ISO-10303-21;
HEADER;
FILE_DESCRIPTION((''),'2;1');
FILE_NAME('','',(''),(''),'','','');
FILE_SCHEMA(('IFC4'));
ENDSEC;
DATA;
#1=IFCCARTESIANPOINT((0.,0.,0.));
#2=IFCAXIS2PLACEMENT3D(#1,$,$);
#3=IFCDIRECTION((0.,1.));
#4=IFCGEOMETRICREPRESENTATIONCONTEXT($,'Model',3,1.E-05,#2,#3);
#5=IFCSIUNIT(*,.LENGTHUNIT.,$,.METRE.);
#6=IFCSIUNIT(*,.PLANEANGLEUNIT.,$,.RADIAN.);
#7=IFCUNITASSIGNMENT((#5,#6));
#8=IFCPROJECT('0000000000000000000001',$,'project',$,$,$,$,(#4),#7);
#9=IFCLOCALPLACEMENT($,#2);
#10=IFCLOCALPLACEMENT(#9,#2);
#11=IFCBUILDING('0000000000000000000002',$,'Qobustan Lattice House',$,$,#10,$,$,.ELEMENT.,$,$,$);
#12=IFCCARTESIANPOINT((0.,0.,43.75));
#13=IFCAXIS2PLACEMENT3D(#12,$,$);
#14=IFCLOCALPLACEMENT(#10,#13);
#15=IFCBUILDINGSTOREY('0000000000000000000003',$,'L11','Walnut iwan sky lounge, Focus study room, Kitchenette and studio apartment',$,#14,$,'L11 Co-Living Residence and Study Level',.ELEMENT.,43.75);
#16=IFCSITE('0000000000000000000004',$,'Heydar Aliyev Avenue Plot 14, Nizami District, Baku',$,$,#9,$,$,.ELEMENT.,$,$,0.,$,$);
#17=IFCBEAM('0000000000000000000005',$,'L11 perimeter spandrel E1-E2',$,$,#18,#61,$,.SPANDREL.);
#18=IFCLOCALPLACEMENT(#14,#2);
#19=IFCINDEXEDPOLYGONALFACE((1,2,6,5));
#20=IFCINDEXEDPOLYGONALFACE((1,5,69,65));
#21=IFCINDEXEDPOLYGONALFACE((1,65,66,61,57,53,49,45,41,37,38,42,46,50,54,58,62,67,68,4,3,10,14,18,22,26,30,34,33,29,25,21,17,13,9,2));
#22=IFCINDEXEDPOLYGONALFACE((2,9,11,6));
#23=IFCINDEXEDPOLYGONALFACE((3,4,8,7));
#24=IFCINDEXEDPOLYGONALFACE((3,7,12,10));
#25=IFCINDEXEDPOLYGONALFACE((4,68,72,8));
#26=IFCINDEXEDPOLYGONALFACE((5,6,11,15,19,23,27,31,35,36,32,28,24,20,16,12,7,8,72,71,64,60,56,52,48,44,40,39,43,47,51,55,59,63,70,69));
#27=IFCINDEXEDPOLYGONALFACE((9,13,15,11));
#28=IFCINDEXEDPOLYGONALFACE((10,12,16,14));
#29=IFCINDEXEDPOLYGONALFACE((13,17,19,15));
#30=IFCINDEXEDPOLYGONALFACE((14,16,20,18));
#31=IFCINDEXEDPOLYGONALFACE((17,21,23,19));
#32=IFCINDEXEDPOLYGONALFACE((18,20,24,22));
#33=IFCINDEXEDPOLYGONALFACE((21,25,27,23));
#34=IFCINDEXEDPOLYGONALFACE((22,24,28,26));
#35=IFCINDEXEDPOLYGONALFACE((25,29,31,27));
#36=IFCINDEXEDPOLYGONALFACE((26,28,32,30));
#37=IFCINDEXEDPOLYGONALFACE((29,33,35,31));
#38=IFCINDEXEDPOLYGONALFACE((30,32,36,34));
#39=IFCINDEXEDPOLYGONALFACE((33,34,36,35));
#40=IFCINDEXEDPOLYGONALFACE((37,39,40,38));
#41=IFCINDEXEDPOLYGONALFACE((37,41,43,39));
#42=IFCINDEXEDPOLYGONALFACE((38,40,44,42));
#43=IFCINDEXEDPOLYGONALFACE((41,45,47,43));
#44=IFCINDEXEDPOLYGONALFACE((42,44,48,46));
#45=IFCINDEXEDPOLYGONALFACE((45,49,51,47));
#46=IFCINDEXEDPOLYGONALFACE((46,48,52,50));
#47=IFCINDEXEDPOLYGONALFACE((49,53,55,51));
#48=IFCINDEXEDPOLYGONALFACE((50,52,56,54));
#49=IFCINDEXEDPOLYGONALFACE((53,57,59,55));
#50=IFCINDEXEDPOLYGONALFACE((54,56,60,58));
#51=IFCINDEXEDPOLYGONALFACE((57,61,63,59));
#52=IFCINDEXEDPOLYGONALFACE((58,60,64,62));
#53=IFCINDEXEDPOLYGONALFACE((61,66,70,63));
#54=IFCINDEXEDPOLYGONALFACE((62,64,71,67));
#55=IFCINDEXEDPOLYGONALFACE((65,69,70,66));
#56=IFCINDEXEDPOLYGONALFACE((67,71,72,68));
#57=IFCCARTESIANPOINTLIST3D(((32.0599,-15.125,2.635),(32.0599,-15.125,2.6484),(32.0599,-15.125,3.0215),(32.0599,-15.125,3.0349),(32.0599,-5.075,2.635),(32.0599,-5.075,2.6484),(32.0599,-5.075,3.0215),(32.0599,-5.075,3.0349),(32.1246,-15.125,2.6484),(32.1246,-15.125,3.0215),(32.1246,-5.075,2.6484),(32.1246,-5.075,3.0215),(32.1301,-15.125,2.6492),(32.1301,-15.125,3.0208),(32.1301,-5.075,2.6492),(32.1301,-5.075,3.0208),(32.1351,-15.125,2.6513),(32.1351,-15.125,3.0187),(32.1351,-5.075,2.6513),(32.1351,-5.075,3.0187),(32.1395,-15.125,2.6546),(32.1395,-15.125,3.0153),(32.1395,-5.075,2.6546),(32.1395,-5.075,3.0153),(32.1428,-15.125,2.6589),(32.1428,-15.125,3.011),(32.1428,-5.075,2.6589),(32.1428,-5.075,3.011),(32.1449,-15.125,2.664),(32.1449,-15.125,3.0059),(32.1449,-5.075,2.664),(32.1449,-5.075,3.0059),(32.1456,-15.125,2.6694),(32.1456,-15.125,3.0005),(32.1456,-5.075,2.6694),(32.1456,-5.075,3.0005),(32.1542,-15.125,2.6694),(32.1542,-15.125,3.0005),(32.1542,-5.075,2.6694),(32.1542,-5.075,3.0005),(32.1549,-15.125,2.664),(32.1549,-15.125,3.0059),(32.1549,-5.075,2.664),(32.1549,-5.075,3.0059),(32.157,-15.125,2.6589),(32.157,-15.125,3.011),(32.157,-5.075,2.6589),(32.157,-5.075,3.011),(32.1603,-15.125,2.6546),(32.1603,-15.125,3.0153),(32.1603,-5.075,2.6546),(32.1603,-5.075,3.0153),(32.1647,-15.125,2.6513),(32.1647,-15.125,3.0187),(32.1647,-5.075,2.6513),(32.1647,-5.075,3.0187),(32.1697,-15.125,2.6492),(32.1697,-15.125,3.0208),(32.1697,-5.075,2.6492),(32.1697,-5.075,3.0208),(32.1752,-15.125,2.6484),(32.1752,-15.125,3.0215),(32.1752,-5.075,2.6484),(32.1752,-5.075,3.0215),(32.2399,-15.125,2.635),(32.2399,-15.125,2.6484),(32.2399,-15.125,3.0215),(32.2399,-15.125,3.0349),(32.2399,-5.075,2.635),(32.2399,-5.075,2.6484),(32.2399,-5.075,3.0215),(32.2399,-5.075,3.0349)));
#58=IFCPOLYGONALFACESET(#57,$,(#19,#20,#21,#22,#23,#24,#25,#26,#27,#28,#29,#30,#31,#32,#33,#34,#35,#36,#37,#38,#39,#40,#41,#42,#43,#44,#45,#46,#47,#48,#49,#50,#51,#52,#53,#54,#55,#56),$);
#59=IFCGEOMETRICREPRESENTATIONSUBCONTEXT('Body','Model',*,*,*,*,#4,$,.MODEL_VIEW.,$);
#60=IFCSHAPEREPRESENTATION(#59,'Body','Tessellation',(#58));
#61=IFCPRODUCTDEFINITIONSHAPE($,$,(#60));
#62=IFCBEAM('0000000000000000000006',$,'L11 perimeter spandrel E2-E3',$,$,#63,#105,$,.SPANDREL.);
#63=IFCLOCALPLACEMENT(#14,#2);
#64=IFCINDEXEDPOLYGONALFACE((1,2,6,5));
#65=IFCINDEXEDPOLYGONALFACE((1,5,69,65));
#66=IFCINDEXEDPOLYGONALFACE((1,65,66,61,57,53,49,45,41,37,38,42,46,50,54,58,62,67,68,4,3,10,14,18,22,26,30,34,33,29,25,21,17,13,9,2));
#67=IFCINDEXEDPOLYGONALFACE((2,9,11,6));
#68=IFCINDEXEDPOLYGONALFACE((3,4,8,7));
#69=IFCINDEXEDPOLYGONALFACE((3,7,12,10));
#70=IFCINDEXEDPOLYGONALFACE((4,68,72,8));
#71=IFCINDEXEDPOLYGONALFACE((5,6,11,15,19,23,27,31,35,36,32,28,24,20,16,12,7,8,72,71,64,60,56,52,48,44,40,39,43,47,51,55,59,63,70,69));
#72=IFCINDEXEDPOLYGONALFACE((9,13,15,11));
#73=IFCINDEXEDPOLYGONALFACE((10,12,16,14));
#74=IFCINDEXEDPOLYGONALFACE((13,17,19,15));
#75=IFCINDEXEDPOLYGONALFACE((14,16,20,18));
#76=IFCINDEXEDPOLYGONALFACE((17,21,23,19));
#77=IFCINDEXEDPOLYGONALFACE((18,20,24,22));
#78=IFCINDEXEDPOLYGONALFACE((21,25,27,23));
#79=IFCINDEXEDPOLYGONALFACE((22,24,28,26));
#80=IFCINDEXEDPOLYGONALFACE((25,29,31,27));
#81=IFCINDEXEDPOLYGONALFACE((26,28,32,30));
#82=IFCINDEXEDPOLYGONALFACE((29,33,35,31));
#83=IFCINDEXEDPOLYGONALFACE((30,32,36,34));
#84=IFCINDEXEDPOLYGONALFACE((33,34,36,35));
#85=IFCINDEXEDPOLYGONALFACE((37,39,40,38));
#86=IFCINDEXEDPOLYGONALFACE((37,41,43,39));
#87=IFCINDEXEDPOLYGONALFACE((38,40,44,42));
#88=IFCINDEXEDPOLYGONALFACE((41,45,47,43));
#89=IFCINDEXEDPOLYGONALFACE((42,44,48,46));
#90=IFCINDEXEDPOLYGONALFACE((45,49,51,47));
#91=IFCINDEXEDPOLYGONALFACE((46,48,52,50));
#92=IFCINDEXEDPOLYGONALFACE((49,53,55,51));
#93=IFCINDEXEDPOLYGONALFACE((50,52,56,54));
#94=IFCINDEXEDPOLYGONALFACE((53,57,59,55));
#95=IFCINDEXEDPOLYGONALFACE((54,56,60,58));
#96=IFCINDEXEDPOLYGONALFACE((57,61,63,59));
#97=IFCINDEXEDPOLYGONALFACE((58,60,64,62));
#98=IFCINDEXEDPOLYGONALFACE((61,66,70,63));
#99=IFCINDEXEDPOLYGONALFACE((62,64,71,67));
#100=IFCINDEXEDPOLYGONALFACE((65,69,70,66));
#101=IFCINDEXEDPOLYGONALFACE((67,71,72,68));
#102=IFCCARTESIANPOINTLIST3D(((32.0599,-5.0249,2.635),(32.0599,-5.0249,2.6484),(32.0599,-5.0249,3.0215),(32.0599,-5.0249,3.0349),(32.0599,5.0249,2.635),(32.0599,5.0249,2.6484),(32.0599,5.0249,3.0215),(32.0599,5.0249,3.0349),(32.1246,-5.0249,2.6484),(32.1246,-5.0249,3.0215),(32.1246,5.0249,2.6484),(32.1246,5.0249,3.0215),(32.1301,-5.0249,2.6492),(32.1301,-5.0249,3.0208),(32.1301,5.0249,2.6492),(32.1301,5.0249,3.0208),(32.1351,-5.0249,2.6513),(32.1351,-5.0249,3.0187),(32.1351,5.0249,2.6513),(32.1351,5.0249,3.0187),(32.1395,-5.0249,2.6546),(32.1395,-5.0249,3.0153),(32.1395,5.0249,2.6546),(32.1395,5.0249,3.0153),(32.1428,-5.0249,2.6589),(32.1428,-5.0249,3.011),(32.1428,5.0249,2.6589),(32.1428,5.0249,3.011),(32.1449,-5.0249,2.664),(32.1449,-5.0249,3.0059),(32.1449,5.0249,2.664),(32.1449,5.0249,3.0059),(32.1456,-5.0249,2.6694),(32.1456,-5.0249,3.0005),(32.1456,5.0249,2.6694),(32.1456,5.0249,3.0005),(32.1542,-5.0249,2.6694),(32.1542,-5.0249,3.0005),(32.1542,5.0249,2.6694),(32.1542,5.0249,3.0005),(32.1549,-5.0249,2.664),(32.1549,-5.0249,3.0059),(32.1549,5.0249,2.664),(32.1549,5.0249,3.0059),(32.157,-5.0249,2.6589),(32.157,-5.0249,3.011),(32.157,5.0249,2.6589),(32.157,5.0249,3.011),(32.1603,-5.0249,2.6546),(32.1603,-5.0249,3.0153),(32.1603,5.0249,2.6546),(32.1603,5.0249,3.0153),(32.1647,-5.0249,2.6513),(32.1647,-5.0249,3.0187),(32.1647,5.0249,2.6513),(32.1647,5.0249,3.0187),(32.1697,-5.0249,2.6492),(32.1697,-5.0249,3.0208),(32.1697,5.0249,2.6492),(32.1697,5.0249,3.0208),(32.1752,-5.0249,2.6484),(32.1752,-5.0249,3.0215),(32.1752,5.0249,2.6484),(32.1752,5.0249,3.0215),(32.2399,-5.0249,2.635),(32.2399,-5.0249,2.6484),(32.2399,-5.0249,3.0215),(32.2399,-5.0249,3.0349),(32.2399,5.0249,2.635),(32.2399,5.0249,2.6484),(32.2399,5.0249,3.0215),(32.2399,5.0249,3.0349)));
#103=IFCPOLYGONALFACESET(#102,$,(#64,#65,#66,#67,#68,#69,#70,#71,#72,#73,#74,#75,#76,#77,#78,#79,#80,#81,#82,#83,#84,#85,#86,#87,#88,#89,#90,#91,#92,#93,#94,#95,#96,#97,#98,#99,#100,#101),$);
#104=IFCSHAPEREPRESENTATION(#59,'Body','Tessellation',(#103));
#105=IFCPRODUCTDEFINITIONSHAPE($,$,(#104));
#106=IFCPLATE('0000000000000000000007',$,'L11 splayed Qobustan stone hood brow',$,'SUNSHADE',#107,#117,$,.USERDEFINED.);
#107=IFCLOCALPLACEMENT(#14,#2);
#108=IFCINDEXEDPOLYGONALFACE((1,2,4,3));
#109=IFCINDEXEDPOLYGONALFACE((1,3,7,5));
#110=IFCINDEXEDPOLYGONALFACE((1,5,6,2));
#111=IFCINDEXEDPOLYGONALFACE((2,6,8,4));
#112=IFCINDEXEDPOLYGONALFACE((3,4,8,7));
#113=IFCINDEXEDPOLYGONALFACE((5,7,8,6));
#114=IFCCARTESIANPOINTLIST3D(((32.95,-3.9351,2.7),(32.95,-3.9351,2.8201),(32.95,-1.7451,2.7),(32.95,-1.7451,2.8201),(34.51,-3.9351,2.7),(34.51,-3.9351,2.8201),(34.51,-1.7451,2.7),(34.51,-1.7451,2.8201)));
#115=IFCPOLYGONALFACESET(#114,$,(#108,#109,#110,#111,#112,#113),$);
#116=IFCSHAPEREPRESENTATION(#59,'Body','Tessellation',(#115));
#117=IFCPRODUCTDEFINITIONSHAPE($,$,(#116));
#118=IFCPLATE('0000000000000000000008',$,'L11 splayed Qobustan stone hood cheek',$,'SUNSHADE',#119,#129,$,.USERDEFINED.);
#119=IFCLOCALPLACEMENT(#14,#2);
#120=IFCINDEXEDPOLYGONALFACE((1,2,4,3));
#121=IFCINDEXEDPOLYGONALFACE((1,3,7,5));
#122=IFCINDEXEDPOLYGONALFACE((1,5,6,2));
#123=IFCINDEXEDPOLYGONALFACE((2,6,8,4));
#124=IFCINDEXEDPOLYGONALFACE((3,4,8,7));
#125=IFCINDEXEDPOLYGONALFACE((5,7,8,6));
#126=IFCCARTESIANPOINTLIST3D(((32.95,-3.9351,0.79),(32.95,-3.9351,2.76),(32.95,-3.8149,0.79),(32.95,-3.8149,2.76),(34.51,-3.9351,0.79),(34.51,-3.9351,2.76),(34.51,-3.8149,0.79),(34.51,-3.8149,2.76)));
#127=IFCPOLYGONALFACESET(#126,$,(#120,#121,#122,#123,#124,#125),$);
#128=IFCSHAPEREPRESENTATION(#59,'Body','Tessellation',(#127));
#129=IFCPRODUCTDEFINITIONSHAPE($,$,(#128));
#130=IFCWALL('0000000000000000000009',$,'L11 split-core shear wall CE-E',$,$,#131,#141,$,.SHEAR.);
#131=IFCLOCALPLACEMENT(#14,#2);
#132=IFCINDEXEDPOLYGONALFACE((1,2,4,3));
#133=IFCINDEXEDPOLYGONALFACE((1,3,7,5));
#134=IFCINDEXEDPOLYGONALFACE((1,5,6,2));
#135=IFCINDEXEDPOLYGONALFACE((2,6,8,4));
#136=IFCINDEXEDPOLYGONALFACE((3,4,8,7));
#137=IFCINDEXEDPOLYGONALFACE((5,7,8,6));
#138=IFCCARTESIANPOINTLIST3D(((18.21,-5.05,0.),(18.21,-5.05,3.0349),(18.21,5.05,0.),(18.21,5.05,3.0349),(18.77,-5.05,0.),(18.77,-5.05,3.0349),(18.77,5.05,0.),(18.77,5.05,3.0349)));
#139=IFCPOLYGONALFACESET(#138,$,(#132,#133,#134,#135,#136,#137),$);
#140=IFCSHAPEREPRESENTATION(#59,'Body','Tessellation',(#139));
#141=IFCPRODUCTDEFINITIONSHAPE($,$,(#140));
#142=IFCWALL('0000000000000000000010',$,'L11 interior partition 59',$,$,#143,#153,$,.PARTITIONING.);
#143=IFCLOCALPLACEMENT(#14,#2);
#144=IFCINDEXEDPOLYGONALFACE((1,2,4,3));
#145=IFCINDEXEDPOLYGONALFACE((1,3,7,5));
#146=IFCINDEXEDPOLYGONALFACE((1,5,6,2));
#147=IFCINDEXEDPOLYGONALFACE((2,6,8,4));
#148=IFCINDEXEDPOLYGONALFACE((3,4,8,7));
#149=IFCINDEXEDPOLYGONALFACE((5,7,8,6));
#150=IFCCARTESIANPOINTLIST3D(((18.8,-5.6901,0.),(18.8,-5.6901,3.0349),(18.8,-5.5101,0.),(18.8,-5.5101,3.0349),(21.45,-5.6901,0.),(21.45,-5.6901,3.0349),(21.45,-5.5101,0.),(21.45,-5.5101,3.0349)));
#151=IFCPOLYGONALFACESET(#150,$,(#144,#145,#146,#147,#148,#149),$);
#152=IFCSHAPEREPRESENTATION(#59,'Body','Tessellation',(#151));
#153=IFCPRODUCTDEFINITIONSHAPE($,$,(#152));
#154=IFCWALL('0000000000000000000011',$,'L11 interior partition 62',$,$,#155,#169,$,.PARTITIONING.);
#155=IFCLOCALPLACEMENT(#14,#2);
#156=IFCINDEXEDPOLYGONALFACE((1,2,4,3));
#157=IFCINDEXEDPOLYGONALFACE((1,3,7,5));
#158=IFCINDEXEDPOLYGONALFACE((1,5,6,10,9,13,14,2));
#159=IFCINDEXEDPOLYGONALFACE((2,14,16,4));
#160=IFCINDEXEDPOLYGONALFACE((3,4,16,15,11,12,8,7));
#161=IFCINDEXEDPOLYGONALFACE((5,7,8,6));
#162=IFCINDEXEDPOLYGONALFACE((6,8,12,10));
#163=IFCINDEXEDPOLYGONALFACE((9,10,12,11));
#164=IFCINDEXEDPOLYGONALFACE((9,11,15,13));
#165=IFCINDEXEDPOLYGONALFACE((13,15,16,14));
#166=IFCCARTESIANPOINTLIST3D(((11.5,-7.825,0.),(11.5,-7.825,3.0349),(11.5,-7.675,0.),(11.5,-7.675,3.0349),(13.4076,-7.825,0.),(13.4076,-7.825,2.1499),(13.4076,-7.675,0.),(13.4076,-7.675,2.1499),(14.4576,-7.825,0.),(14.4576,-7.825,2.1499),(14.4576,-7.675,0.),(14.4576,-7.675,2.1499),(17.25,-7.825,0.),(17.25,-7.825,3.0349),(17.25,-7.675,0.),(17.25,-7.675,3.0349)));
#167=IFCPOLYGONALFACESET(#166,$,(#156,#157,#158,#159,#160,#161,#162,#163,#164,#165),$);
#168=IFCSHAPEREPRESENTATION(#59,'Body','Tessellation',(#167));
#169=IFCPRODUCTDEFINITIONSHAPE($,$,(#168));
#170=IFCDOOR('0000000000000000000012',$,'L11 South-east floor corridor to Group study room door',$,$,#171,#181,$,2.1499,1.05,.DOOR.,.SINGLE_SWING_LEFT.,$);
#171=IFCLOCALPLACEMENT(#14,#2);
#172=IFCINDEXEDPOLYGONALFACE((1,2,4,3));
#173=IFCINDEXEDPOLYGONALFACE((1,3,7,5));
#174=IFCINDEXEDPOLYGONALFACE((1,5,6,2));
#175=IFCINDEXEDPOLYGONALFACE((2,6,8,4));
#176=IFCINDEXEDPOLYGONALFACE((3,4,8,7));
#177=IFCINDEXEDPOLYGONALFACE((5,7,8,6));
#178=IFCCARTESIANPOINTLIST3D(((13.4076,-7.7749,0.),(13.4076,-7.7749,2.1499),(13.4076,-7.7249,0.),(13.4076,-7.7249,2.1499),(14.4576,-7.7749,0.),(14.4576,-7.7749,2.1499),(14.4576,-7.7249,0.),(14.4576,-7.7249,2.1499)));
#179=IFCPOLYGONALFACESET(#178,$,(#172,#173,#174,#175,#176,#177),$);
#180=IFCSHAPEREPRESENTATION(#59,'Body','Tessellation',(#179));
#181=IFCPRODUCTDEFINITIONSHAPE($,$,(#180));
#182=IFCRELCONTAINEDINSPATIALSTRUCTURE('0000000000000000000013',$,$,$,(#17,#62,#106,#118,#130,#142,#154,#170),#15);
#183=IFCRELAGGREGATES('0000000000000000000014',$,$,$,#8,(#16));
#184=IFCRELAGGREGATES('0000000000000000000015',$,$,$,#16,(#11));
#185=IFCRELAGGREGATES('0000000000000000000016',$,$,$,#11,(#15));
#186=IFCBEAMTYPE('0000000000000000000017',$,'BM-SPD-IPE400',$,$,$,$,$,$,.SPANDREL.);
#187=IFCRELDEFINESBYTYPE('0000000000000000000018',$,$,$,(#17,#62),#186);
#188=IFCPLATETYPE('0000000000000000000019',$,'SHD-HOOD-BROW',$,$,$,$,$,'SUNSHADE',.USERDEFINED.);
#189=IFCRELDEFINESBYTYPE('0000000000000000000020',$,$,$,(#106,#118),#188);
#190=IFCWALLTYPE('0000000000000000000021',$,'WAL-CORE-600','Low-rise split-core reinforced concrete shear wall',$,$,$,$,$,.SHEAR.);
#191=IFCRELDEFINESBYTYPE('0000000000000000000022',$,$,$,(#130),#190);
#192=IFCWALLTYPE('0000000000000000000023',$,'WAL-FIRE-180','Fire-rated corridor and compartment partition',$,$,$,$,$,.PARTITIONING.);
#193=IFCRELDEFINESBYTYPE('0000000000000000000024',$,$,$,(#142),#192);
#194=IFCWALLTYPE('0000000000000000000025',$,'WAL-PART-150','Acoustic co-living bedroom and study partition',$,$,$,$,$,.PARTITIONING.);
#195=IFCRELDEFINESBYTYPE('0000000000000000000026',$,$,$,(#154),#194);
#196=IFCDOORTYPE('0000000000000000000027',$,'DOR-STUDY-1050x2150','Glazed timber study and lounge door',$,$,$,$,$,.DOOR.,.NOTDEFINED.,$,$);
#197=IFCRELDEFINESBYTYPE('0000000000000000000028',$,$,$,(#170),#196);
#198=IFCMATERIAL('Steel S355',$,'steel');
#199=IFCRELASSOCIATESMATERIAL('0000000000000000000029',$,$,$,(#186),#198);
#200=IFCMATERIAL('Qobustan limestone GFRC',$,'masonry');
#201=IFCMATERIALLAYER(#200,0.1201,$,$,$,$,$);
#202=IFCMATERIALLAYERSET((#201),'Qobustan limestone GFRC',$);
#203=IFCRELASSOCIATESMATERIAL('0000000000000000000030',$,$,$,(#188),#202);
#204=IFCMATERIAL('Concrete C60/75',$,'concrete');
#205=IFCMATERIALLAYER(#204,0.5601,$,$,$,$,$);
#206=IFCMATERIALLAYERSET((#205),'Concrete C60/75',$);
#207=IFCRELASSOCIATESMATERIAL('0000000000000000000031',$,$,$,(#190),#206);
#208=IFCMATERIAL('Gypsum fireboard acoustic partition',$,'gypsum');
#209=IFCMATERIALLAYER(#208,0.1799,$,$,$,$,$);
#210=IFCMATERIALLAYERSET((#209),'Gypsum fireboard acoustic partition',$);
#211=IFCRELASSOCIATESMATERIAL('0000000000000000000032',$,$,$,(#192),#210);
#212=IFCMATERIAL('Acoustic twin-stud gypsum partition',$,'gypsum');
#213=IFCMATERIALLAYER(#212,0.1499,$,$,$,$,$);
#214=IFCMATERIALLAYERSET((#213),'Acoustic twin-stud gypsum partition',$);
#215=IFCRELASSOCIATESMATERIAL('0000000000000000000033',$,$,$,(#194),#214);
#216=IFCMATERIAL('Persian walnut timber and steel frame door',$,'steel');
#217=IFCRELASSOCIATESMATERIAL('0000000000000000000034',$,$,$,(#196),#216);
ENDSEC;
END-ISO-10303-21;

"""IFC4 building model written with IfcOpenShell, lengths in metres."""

from ifc_helpers import new_model, si_unit, direction, frame, frame_2d, origin, origin_2d, place, context, subcontext, project, spatial, rectangle, i_section, extrude, material, layer, layer_set, material_profile, profile_set, type_object, element, fill, save


model = new_model("IFC4")

# Units and contexts
model_context = context("Model", 3, precision=1e-05, world=origin(), true_north=direction((0.0, 1.0)))
body_context = subcontext(model_context, "Body", "Model", "MODEL_VIEW")
ifc_project = project(units=[si_unit("LENGTHUNIT", "METRE"), si_unit("PLANEANGLEUNIT", "RADIAN")], contexts=[model_context])

# Site, building, storey
site_placement = place(None, origin())
site = spatial("IfcSite", under=ifc_project, at=site_placement, Name="Heydar Aliyev Avenue Plot 14, Nizami District, Baku", CompositionType="ELEMENT", RefElevation=0.0)
building_placement = place(site_placement, origin())
building = spatial("IfcBuilding", under=site, at=building_placement, Name="Qobustan Lattice House", CompositionType="ELEMENT")
storey_placement = place(building_placement, frame((0.0, 0.0, 43.75)))
storey = spatial("IfcBuildingStorey", under=building, at=storey_placement, Name="L11", Description="Walnut iwan sky lounge, Focus study room, Kitchenette and studio apartment", LongName="L11 Co-Living Residence and Study Level", CompositionType="ELEMENT", Elevation=43.75)

# Beams
ifc_material_1 = material(Name="Steel S355", Category="steel")
ifc_material_profile_1 = material_profile(ifc_material_1, i_section(OverallWidth=0.1799, OverallDepth=0.3999, WebThickness=0.0085, FlangeThickness=0.0134, FilletRadius=0.021, at=origin_2d()), Name="IPE400")
ifc_profile_set_1 = profile_set([ifc_material_profile_1], Name="Steel S355")
beam_type_1 = type_object("IfcBeamType", Name="BM-SPD-IPE400", PredefinedType="SPANDREL", material=ifc_profile_set_1)
beam_1_placement = place(storey_placement, frame((32.1499, -15.125, 2.835), z_axis=(0.0, 1.0, 0.0), x_axis=(-1.0, 0.0, 0.0)))
element("IfcBeam", 1, at=beam_1_placement, inside=storey, type_object=beam_type_1, Name="L11 perimeter spandrel E1-E2", PredefinedType="SPANDREL", context=body_context, shape_type="SweptSolid", body=[
    extrude(i_section(OverallWidth=0.1799, OverallDepth=0.3999, WebThickness=0.0085, FlangeThickness=0.0134, FilletRadius=0.021, at=origin_2d()), origin(), (0.0, 0.0, 1.0), 10.05),
])
beam_2_placement = place(storey_placement, frame((32.1499, -5.0249, 2.835), z_axis=(0.0, 1.0, 0.0), x_axis=(-1.0, 0.0, 0.0)))
element("IfcBeam", 2, at=beam_2_placement, inside=storey, type_object=beam_type_1, Name="L11 perimeter spandrel E2-E3", PredefinedType="SPANDREL", context=body_context, shape_type="SweptSolid", body=[
    extrude(i_section(OverallWidth=0.1799, OverallDepth=0.3999, WebThickness=0.0085, FlangeThickness=0.0134, FilletRadius=0.021, at=origin_2d()), origin(), (0.0, 0.0, 1.0), 10.0498),
])

# Plates
ifc_material_2 = material(Name="Qobustan limestone GFRC", Category="masonry")
ifc_layer_1 = layer(ifc_material_2, 0.1201)
ifc_layer_set_1 = layer_set([ifc_layer_1], Name="Qobustan limestone GFRC")
plate_type = type_object("IfcPlateType", Name="SHD-HOOD-BROW", ElementType="SUNSHADE", PredefinedType="USERDEFINED", material=ifc_layer_set_1)
plate_1_placement = place(storey_placement, frame((33.73, -2.8401, 2.7), z_axis=(0.0, 0.0, 1.0), x_axis=(0.0, -1.0, 0.0)))
element("IfcPlate", 3, at=plate_1_placement, inside=storey, type_object=plate_type, Name="L11 splayed Qobustan stone hood brow", ObjectType="SUNSHADE", PredefinedType="USERDEFINED", context=body_context, shape_type="SweptSolid", body=[
    extrude(rectangle(XDim=2.1899, YDim=1.5601, at=origin_2d()), origin(), (0.0, 0.0, 1.0), 0.1201),
])
plate_2_placement = place(storey_placement, frame((33.73, -3.875, 0.79), z_axis=(0.0, 0.0, 1.0), x_axis=(0.0, -1.0, 0.0)))
element("IfcPlate", 4, at=plate_2_placement, inside=storey, type_object=plate_type, Name="L11 splayed Qobustan stone hood cheek", ObjectType="SUNSHADE", PredefinedType="USERDEFINED", context=body_context, shape_type="SweptSolid", body=[
    extrude(rectangle(XDim=0.1201, YDim=1.5601, at=origin_2d()), origin(), (0.0, 0.0, 1.0), 1.97),
])

# Walls
ifc_material_3 = material(Name="Concrete C60/75", Category="concrete")
ifc_layer_2 = layer(ifc_material_3, 0.5601)
ifc_layer_set_2 = layer_set([ifc_layer_2], Name="Concrete C60/75")
wall_type_1 = type_object("IfcWallType", Name="WAL-CORE-600", Description="Low-rise split-core reinforced concrete shear wall", PredefinedType="SHEAR", material=ifc_layer_set_2)
wall_1_placement = place(storey_placement, frame((18.49, -5.05, 0.0), z_axis=(0.0, 0.0, 1.0), x_axis=(0.0, 1.0, 0.0)))
element("IfcWall", 5, at=wall_1_placement, inside=storey, type_object=wall_type_1, Name="L11 split-core shear wall CE-E", PredefinedType="SHEAR", context=body_context, shape_type="SweptSolid", body=[
    extrude(rectangle(XDim=10.1001, YDim=0.5601, at=frame_2d((5.05, 0.0))), origin(), (0.0, 0.0, 1.0), 3.0349),
])
ifc_material_4 = material(Name="Gypsum fireboard acoustic partition", Category="gypsum")
ifc_layer_3 = layer(ifc_material_4, 0.1799)
ifc_layer_set_3 = layer_set([ifc_layer_3], Name="Gypsum fireboard acoustic partition")
wall_type_2 = type_object("IfcWallType", Name="WAL-FIRE-180", Description="Fire-rated corridor and compartment partition", PredefinedType="PARTITIONING", material=ifc_layer_set_3)
wall_2_placement = place(storey_placement, frame((18.8, -5.6001, 0.0), z_axis=(0.0, 0.0, 1.0), x_axis=(1.0, 0.0, 0.0)))
element("IfcWall", 6, at=wall_2_placement, inside=storey, type_object=wall_type_2, Name="L11 interior partition 59", PredefinedType="PARTITIONING", context=body_context, shape_type="SweptSolid", body=[
    extrude(rectangle(XDim=2.6499, YDim=0.1799, at=frame_2d((1.325, 0.0))), origin(), (0.0, 0.0, 1.0), 3.0349),
])

# Wall, opening, door
ifc_material_5 = material(Name="Acoustic twin-stud gypsum partition", Category="gypsum")
ifc_layer_4 = layer(ifc_material_5, 0.1499)
ifc_layer_set_4 = layer_set([ifc_layer_4], Name="Acoustic twin-stud gypsum partition")
wall_type_3 = type_object("IfcWallType", Name="WAL-PART-150", Description="Acoustic co-living bedroom and study partition", PredefinedType="PARTITIONING", material=ifc_layer_set_4)
wall_3_placement = place(storey_placement, frame((17.25, -7.75, 0.0), z_axis=(0.0, 0.0, 1.0), x_axis=(-1.0, 0.0, 0.0)))
wall_3 = element("IfcWall", 7, at=wall_3_placement, inside=storey, type_object=wall_type_3, Name="L11 interior partition 62", PredefinedType="PARTITIONING", context=body_context, shape_type="SweptSolid", body=[
    extrude(rectangle(XDim=5.75, YDim=0.1499, at=frame_2d((2.875, 0.0))), origin(), (0.0, 0.0, 1.0), 3.0349),
])
opening_1_placement = place(wall_3_placement, frame((2.7925, 0.0, 0.0)))
opening_1 = element("IfcOpeningElement", 8, at=opening_1_placement, cuts=wall_3, PredefinedType="OPENING", context=body_context, shape_type="SweptSolid", body=[
    extrude(rectangle(XDim=1.05, YDim=2.1499, at=frame_2d((0.5249, 1.075))), frame((0.0, 0.085, 0.0), z_axis=(0.0, -1.0, 0.0), x_axis=(1.0, 0.0, 0.0)), (0.0, 0.0, 1.0), 0.1699),
])
ifc_material_6 = material(Name="Persian walnut timber and steel frame door", Category="steel")
door_type_1 = type_object("IfcDoorType", Name="DOR-STUDY-1050x2150", Description="Glazed timber study and lounge door", OperationType="NOTDEFINED", PredefinedType="DOOR", material=ifc_material_6)
door_1_placement = place(opening_1_placement, origin())
door_1 = element("IfcDoor", 9, at=door_1_placement, inside=storey, type_object=door_type_1, Name="L11 South-east floor corridor to Group study room door", OperationType="SINGLE_SWING_LEFT", OverallHeight=2.1499, OverallWidth=1.05, PredefinedType="DOOR", context=body_context, shape_type="SweptSolid", body=[
    extrude(rectangle(XDim=1.05, YDim=2.1499, at=frame_2d((0.5249, 1.075))), frame((0.0, 0.0249, 0.0), z_axis=(0.0, -1.0, 0.0), x_axis=(1.0, 0.0, 0.0)), (0.0, 0.0, 1.0), 0.05),
])
fill(opening_1, door_1)

save(model, "model.ifc")
